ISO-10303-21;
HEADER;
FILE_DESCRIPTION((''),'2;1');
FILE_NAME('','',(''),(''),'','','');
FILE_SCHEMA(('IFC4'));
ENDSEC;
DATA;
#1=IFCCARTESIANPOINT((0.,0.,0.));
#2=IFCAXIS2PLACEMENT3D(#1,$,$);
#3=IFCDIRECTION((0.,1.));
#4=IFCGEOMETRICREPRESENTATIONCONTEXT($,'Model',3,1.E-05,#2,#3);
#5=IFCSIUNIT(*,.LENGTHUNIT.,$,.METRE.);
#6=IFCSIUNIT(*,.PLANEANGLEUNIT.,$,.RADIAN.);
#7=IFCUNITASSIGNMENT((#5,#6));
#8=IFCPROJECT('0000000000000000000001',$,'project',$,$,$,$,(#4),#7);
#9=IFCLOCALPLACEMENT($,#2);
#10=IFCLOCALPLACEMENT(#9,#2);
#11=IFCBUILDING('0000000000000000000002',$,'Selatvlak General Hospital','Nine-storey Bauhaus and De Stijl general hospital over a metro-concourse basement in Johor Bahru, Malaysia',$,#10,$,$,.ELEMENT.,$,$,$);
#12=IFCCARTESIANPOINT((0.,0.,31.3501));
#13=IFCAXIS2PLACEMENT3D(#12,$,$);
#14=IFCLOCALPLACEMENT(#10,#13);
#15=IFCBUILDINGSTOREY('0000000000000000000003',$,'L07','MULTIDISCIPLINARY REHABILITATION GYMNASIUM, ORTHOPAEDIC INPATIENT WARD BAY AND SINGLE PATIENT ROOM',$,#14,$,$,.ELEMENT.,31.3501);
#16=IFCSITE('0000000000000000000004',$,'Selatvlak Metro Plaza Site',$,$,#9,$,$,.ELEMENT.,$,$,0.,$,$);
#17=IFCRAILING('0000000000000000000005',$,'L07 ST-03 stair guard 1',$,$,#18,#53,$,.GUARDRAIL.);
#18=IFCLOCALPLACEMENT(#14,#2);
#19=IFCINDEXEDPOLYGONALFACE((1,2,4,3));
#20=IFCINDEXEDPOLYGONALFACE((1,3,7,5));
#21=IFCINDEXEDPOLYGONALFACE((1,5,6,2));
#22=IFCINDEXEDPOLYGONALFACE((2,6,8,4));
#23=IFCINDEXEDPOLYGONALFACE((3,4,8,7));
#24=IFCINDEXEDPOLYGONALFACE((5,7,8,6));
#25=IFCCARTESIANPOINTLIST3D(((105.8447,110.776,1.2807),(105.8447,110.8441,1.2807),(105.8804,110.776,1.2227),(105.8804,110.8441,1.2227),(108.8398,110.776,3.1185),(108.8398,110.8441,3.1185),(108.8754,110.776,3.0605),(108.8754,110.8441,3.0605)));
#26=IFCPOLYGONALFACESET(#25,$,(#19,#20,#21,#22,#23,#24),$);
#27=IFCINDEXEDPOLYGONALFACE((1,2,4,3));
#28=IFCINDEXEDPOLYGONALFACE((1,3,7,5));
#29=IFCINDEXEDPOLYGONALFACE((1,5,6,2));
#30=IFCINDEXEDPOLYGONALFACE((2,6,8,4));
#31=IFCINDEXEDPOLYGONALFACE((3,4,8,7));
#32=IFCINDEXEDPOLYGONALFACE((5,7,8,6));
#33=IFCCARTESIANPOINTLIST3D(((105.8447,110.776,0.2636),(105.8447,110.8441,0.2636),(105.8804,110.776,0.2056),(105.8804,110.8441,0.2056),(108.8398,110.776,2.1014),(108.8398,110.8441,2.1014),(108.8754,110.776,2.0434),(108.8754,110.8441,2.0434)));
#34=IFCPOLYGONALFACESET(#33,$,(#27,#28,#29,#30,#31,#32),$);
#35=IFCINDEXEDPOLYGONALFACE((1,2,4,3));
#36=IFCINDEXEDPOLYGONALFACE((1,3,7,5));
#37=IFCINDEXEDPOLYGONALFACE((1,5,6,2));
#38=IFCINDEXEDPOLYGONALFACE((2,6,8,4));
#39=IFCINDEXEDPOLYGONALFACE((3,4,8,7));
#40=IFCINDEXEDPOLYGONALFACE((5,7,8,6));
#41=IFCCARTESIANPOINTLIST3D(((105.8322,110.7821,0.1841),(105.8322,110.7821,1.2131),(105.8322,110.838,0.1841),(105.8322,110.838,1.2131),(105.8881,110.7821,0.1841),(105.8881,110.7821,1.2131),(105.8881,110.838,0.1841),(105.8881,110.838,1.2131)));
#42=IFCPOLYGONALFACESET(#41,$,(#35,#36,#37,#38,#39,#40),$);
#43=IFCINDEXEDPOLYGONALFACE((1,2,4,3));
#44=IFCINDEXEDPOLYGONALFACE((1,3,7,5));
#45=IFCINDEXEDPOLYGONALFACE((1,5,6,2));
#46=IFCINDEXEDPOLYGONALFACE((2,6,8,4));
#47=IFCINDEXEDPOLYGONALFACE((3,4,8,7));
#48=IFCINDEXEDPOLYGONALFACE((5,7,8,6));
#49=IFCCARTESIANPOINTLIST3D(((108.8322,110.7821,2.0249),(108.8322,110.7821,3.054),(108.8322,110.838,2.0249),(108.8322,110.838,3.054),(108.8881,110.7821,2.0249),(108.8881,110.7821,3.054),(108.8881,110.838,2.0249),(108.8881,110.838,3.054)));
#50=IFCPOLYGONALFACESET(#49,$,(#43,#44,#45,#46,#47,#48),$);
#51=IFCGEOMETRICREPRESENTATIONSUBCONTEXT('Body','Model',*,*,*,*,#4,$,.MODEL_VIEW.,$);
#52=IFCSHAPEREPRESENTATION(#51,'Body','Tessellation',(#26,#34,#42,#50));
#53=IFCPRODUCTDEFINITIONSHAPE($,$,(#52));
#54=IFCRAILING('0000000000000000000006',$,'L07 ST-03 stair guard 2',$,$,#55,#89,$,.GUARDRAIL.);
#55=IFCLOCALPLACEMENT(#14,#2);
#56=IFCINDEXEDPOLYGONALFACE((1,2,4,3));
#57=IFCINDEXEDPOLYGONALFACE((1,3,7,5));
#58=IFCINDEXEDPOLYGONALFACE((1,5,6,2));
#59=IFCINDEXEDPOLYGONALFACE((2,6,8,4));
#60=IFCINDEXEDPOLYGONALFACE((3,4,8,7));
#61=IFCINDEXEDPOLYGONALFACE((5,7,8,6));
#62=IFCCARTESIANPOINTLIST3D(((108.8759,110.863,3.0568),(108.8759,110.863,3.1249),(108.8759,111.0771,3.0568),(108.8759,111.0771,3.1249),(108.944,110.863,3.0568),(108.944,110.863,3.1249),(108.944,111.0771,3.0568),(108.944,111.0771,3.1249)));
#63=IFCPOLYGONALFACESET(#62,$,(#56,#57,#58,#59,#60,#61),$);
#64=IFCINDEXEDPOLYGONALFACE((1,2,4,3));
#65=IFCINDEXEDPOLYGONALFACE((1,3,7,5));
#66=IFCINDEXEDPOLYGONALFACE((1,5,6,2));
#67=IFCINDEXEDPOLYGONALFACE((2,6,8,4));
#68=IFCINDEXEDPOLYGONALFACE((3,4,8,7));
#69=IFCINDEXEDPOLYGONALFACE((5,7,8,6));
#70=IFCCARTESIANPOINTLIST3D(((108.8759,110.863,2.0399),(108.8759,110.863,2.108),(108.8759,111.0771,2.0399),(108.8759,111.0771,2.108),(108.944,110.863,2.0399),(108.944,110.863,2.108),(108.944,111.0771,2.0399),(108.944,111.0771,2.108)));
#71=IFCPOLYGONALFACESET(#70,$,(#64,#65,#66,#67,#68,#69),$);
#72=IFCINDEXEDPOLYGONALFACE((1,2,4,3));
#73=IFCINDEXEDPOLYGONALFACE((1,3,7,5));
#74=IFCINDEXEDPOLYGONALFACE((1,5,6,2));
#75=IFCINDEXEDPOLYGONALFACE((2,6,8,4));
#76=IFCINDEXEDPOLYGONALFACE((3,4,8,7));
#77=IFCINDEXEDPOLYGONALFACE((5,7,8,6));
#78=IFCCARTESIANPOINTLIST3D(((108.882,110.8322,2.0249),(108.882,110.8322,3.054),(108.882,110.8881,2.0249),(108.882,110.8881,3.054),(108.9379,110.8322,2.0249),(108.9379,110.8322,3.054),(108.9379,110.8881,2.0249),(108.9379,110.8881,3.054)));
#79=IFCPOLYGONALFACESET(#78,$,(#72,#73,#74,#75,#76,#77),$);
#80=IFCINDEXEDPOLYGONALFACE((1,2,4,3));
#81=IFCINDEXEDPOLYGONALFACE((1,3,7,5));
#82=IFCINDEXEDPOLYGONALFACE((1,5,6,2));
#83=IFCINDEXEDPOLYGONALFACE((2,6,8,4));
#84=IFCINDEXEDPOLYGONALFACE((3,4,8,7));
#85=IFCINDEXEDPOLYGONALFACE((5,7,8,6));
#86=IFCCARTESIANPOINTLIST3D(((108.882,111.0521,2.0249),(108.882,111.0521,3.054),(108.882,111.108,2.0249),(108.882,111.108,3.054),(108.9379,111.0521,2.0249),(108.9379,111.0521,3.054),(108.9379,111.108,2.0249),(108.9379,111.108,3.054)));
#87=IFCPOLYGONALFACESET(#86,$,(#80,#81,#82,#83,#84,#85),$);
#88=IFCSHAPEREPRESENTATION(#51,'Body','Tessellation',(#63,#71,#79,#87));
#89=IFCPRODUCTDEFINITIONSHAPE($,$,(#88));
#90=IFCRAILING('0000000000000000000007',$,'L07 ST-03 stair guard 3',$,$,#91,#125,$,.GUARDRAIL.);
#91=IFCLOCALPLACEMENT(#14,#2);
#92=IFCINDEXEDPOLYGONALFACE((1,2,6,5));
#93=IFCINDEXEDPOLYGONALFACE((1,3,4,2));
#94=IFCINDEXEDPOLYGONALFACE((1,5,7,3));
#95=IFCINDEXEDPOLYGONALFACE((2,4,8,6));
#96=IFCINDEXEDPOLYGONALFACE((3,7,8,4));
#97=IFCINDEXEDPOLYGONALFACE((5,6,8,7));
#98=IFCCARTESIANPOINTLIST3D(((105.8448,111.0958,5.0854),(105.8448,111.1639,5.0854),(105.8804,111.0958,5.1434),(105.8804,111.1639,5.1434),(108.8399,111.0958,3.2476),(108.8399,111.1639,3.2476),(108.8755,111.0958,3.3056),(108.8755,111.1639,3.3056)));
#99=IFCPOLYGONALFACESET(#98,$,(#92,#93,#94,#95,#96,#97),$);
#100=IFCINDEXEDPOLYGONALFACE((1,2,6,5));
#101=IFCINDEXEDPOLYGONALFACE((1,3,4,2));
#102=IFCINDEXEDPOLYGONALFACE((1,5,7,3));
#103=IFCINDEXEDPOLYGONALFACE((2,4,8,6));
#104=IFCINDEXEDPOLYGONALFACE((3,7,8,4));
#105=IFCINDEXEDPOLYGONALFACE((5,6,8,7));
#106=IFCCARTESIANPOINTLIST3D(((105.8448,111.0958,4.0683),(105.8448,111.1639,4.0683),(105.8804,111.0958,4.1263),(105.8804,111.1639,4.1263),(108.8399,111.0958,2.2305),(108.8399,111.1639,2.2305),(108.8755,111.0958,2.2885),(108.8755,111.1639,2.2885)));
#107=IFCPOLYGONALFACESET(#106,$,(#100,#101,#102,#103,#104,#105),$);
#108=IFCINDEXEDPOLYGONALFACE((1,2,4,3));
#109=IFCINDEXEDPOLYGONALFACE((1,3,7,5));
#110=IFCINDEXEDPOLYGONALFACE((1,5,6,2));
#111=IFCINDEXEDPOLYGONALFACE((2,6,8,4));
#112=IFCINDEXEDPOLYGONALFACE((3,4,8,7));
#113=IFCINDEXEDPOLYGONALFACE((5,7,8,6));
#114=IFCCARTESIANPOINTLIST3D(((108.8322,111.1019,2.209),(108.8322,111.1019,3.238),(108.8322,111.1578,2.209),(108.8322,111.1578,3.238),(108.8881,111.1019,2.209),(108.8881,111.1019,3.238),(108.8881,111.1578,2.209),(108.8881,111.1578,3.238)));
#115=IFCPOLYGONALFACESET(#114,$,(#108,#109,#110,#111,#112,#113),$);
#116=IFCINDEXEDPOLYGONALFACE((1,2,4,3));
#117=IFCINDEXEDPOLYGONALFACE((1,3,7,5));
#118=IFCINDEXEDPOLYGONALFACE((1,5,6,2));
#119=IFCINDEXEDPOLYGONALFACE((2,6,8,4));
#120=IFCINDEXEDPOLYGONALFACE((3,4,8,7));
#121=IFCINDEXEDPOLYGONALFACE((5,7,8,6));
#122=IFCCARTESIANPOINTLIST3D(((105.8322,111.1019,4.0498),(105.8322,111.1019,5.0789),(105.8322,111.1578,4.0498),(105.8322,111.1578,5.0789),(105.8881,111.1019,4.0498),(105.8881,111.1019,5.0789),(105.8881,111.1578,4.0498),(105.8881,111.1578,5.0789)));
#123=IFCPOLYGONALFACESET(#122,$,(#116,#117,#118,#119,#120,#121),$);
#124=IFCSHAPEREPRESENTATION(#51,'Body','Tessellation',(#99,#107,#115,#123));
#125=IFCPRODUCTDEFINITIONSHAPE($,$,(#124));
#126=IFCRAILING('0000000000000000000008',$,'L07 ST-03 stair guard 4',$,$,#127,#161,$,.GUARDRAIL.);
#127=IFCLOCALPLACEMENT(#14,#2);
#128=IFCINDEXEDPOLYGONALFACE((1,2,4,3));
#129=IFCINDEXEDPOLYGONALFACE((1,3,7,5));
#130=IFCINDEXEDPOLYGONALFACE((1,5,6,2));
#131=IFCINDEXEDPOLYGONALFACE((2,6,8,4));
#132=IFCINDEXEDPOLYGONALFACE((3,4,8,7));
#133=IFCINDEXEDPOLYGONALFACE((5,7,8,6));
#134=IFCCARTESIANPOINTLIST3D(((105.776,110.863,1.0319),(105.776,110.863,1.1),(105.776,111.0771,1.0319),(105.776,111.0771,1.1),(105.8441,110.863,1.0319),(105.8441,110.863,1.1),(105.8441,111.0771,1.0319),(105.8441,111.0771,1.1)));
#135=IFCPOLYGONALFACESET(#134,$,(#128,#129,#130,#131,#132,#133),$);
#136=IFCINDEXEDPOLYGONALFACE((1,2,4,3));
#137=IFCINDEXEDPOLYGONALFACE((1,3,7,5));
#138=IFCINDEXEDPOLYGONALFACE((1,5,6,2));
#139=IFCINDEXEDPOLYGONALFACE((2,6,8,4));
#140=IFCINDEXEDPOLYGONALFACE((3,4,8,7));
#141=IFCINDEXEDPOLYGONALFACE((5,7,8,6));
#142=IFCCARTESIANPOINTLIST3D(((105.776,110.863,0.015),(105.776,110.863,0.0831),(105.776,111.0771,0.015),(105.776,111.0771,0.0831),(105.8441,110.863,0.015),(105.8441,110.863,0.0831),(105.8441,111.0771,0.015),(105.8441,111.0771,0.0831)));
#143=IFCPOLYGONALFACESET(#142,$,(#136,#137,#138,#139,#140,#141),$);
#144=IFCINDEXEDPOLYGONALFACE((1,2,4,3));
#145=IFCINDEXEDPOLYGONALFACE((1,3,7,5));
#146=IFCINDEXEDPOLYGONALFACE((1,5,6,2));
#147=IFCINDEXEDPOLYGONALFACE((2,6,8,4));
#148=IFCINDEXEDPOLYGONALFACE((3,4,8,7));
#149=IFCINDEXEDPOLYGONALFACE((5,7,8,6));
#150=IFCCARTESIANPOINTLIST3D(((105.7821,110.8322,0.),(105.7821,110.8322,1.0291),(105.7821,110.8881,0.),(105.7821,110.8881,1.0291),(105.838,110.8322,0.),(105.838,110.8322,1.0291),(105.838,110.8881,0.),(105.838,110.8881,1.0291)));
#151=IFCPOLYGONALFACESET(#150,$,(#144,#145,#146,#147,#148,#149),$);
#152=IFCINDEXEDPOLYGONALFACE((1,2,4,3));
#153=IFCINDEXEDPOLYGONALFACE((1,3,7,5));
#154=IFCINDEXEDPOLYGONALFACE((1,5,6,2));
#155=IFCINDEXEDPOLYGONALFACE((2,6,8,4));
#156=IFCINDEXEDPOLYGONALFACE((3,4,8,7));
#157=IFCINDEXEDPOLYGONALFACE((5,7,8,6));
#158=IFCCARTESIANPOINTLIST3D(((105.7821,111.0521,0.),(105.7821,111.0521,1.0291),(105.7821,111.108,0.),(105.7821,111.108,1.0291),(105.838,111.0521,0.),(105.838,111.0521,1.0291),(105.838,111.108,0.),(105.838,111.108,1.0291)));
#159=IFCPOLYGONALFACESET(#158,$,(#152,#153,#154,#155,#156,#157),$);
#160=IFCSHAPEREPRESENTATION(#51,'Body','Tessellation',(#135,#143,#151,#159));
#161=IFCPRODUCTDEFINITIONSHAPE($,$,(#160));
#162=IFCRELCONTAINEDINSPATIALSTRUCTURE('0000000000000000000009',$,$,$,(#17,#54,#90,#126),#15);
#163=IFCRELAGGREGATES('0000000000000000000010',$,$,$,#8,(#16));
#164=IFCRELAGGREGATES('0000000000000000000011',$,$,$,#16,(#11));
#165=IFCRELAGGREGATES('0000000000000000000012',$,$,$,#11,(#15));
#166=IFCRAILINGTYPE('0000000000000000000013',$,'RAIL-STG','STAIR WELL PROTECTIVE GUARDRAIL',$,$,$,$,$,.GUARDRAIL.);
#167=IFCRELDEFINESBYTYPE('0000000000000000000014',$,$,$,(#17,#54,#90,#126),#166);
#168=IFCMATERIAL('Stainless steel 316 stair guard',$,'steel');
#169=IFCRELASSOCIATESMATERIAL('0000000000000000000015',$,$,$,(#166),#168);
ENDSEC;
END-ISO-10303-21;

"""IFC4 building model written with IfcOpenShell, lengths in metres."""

from ifc_helpers import new_model, si_unit, direction, frame, origin, origin_2d, place, context, subcontext, project, spatial, rectangle, extrude, material, type_object, element, save


model = new_model("IFC4")

# Units and contexts
model_context = context("Model", 3, precision=1e-05, world=origin(), true_north=direction((0.0, 1.0)))
body_context = subcontext(model_context, "Body", "Model", "MODEL_VIEW")
ifc_project = project(units=[si_unit("LENGTHUNIT", "METRE"), si_unit("PLANEANGLEUNIT", "RADIAN")], contexts=[model_context])

# Site, building, storey
site_placement = place(None, origin())
site = spatial("IfcSite", under=ifc_project, at=site_placement, Name="Selatvlak Metro Plaza Site", CompositionType="ELEMENT", RefElevation=0.0)
building_placement = place(site_placement, origin())
building = spatial("IfcBuilding", under=site, at=building_placement, Name="Selatvlak General Hospital", Description="Nine-storey Bauhaus and De Stijl general hospital over a metro-concourse basement in Johor Bahru, Malaysia", CompositionType="ELEMENT")
storey_placement = place(building_placement, frame((0.0, 0.0, 31.3501)))
storey = spatial("IfcBuildingStorey", under=building, at=storey_placement, Name="L07", Description="MULTIDISCIPLINARY REHABILITATION GYMNASIUM, ORTHOPAEDIC INPATIENT WARD BAY AND SINGLE PATIENT ROOM", CompositionType="ELEMENT", Elevation=31.3501)

# Railings
ifc_material_1 = material(Name="Stainless steel 316 stair guard", Category="steel")
railing_type_1 = type_object("IfcRailingType", Name="RAIL-STG", Description="STAIR WELL PROTECTIVE GUARDRAIL", PredefinedType="GUARDRAIL", material=ifc_material_1)
railing_1_placement = place(storey_placement, frame((105.8601, 110.8101, 0.1841)))
element("IfcRailing", 1, at=railing_1_placement, inside=storey, type_object=railing_type_1, Name="L07 ST-03 stair guard 1", PredefinedType="GUARDRAIL", context=body_context, shape_type="SweptSolid", body=[
    extrude(rectangle(XDim=0.0681, YDim=0.0681, at=origin_2d()), frame((0.0024, 0.0, 1.0676), z_axis=(0.852334, 0.0, 0.522998), x_axis=(0.0, 1.0, 0.0)), (0.0, 0.0, 1.0), 3.5139),
    extrude(rectangle(XDim=0.0681, YDim=0.0681, at=origin_2d()), frame((0.0024, 0.0, 0.0505), z_axis=(0.852334, 0.0, 0.522998), x_axis=(0.0, 1.0, 0.0)), (0.0, 0.0, 1.0), 3.5139),
    extrude(rectangle(XDim=0.0559, YDim=0.0559, at=origin_2d()), origin(), (0.0, 0.0, 1.0), 1.0291),
    extrude(rectangle(XDim=0.0559, YDim=0.0559, at=origin_2d()), frame((3.0, 0.0, 1.8408)), (0.0, 0.0, 1.0), 1.0291),
])
railing_2_placement = place(storey_placement, frame((108.9099, 110.8601, 2.0249)))
element("IfcRailing", 2, at=railing_2_placement, inside=storey, type_object=railing_type_1, Name="L07 ST-03 stair guard 2", PredefinedType="GUARDRAIL", context=body_context, shape_type="SweptSolid", body=[
    extrude(rectangle(XDim=0.0681, YDim=0.0681, at=origin_2d()), frame((0.0, 0.0029, 1.0659), z_axis=(0.0, 1.0, 0.0), x_axis=(-1.0, 0.0, 0.0)), (0.0, 0.0, 1.0), 0.2141),
    extrude(rectangle(XDim=0.0681, YDim=0.0681, at=origin_2d()), frame((0.0, 0.0029, 0.0491), z_axis=(0.0, 1.0, 0.0), x_axis=(-1.0, 0.0, 0.0)), (0.0, 0.0, 1.0), 0.2141),
    extrude(rectangle(XDim=0.0559, YDim=0.0559, at=origin_2d()), origin(), (0.0, 0.0, 1.0), 1.0291),
    extrude(rectangle(XDim=0.0559, YDim=0.0559, at=origin_2d()), frame((0.0, 0.22, 0.0)), (0.0, 0.0, 1.0), 1.0291),
])
railing_3_placement = place(storey_placement, frame((108.8601, 111.1299, 2.209)))
element("IfcRailing", 3, at=railing_3_placement, inside=storey, type_object=railing_type_1, Name="L07 ST-03 stair guard 3", PredefinedType="GUARDRAIL", context=body_context, shape_type="SweptSolid", body=[
    extrude(rectangle(XDim=0.0681, YDim=0.0681, at=origin_2d()), frame((-0.0024, 0.0, 1.0676), z_axis=(-0.852334, 0.0, 0.522998), x_axis=(0.0, -1.0, 0.0)), (0.0, 0.0, 1.0), 3.5139),
    extrude(rectangle(XDim=0.0681, YDim=0.0681, at=origin_2d()), frame((-0.0024, 0.0, 0.0505), z_axis=(-0.852334, 0.0, 0.522998), x_axis=(0.0, -1.0, 0.0)), (0.0, 0.0, 1.0), 3.5139),
    extrude(rectangle(XDim=0.0559, YDim=0.0559, at=origin_2d()), origin(), (0.0, 0.0, 1.0), 1.0291),
    extrude(rectangle(XDim=0.0559, YDim=0.0559, at=origin_2d()), frame((-3.0, 0.0, 1.8408)), (0.0, 0.0, 1.0), 1.0291),
])
railing_4_placement = place(storey_placement, frame((105.8101, 110.8601, 0.0)))
element("IfcRailing", 4, at=railing_4_placement, inside=storey, type_object=railing_type_1, Name="L07 ST-03 stair guard 4", PredefinedType="GUARDRAIL", context=body_context, shape_type="SweptSolid", body=[
    extrude(rectangle(XDim=0.0681, YDim=0.0681, at=origin_2d()), frame((0.0, 0.0029, 1.0659), z_axis=(0.0, 1.0, 0.0), x_axis=(-1.0, 0.0, 0.0)), (0.0, 0.0, 1.0), 0.2141),
    extrude(rectangle(XDim=0.0681, YDim=0.0681, at=origin_2d()), frame((0.0, 0.0029, 0.0491), z_axis=(0.0, 1.0, 0.0), x_axis=(-1.0, 0.0, 0.0)), (0.0, 0.0, 1.0), 0.2141),
    extrude(rectangle(XDim=0.0559, YDim=0.0559, at=origin_2d()), origin(), (0.0, 0.0, 1.0), 1.0291),
    extrude(rectangle(XDim=0.0559, YDim=0.0559, at=origin_2d()), frame((0.0, 0.22, 0.0)), (0.0, 0.0, 1.0), 1.0291),
])

save(model, "model.ifc")
